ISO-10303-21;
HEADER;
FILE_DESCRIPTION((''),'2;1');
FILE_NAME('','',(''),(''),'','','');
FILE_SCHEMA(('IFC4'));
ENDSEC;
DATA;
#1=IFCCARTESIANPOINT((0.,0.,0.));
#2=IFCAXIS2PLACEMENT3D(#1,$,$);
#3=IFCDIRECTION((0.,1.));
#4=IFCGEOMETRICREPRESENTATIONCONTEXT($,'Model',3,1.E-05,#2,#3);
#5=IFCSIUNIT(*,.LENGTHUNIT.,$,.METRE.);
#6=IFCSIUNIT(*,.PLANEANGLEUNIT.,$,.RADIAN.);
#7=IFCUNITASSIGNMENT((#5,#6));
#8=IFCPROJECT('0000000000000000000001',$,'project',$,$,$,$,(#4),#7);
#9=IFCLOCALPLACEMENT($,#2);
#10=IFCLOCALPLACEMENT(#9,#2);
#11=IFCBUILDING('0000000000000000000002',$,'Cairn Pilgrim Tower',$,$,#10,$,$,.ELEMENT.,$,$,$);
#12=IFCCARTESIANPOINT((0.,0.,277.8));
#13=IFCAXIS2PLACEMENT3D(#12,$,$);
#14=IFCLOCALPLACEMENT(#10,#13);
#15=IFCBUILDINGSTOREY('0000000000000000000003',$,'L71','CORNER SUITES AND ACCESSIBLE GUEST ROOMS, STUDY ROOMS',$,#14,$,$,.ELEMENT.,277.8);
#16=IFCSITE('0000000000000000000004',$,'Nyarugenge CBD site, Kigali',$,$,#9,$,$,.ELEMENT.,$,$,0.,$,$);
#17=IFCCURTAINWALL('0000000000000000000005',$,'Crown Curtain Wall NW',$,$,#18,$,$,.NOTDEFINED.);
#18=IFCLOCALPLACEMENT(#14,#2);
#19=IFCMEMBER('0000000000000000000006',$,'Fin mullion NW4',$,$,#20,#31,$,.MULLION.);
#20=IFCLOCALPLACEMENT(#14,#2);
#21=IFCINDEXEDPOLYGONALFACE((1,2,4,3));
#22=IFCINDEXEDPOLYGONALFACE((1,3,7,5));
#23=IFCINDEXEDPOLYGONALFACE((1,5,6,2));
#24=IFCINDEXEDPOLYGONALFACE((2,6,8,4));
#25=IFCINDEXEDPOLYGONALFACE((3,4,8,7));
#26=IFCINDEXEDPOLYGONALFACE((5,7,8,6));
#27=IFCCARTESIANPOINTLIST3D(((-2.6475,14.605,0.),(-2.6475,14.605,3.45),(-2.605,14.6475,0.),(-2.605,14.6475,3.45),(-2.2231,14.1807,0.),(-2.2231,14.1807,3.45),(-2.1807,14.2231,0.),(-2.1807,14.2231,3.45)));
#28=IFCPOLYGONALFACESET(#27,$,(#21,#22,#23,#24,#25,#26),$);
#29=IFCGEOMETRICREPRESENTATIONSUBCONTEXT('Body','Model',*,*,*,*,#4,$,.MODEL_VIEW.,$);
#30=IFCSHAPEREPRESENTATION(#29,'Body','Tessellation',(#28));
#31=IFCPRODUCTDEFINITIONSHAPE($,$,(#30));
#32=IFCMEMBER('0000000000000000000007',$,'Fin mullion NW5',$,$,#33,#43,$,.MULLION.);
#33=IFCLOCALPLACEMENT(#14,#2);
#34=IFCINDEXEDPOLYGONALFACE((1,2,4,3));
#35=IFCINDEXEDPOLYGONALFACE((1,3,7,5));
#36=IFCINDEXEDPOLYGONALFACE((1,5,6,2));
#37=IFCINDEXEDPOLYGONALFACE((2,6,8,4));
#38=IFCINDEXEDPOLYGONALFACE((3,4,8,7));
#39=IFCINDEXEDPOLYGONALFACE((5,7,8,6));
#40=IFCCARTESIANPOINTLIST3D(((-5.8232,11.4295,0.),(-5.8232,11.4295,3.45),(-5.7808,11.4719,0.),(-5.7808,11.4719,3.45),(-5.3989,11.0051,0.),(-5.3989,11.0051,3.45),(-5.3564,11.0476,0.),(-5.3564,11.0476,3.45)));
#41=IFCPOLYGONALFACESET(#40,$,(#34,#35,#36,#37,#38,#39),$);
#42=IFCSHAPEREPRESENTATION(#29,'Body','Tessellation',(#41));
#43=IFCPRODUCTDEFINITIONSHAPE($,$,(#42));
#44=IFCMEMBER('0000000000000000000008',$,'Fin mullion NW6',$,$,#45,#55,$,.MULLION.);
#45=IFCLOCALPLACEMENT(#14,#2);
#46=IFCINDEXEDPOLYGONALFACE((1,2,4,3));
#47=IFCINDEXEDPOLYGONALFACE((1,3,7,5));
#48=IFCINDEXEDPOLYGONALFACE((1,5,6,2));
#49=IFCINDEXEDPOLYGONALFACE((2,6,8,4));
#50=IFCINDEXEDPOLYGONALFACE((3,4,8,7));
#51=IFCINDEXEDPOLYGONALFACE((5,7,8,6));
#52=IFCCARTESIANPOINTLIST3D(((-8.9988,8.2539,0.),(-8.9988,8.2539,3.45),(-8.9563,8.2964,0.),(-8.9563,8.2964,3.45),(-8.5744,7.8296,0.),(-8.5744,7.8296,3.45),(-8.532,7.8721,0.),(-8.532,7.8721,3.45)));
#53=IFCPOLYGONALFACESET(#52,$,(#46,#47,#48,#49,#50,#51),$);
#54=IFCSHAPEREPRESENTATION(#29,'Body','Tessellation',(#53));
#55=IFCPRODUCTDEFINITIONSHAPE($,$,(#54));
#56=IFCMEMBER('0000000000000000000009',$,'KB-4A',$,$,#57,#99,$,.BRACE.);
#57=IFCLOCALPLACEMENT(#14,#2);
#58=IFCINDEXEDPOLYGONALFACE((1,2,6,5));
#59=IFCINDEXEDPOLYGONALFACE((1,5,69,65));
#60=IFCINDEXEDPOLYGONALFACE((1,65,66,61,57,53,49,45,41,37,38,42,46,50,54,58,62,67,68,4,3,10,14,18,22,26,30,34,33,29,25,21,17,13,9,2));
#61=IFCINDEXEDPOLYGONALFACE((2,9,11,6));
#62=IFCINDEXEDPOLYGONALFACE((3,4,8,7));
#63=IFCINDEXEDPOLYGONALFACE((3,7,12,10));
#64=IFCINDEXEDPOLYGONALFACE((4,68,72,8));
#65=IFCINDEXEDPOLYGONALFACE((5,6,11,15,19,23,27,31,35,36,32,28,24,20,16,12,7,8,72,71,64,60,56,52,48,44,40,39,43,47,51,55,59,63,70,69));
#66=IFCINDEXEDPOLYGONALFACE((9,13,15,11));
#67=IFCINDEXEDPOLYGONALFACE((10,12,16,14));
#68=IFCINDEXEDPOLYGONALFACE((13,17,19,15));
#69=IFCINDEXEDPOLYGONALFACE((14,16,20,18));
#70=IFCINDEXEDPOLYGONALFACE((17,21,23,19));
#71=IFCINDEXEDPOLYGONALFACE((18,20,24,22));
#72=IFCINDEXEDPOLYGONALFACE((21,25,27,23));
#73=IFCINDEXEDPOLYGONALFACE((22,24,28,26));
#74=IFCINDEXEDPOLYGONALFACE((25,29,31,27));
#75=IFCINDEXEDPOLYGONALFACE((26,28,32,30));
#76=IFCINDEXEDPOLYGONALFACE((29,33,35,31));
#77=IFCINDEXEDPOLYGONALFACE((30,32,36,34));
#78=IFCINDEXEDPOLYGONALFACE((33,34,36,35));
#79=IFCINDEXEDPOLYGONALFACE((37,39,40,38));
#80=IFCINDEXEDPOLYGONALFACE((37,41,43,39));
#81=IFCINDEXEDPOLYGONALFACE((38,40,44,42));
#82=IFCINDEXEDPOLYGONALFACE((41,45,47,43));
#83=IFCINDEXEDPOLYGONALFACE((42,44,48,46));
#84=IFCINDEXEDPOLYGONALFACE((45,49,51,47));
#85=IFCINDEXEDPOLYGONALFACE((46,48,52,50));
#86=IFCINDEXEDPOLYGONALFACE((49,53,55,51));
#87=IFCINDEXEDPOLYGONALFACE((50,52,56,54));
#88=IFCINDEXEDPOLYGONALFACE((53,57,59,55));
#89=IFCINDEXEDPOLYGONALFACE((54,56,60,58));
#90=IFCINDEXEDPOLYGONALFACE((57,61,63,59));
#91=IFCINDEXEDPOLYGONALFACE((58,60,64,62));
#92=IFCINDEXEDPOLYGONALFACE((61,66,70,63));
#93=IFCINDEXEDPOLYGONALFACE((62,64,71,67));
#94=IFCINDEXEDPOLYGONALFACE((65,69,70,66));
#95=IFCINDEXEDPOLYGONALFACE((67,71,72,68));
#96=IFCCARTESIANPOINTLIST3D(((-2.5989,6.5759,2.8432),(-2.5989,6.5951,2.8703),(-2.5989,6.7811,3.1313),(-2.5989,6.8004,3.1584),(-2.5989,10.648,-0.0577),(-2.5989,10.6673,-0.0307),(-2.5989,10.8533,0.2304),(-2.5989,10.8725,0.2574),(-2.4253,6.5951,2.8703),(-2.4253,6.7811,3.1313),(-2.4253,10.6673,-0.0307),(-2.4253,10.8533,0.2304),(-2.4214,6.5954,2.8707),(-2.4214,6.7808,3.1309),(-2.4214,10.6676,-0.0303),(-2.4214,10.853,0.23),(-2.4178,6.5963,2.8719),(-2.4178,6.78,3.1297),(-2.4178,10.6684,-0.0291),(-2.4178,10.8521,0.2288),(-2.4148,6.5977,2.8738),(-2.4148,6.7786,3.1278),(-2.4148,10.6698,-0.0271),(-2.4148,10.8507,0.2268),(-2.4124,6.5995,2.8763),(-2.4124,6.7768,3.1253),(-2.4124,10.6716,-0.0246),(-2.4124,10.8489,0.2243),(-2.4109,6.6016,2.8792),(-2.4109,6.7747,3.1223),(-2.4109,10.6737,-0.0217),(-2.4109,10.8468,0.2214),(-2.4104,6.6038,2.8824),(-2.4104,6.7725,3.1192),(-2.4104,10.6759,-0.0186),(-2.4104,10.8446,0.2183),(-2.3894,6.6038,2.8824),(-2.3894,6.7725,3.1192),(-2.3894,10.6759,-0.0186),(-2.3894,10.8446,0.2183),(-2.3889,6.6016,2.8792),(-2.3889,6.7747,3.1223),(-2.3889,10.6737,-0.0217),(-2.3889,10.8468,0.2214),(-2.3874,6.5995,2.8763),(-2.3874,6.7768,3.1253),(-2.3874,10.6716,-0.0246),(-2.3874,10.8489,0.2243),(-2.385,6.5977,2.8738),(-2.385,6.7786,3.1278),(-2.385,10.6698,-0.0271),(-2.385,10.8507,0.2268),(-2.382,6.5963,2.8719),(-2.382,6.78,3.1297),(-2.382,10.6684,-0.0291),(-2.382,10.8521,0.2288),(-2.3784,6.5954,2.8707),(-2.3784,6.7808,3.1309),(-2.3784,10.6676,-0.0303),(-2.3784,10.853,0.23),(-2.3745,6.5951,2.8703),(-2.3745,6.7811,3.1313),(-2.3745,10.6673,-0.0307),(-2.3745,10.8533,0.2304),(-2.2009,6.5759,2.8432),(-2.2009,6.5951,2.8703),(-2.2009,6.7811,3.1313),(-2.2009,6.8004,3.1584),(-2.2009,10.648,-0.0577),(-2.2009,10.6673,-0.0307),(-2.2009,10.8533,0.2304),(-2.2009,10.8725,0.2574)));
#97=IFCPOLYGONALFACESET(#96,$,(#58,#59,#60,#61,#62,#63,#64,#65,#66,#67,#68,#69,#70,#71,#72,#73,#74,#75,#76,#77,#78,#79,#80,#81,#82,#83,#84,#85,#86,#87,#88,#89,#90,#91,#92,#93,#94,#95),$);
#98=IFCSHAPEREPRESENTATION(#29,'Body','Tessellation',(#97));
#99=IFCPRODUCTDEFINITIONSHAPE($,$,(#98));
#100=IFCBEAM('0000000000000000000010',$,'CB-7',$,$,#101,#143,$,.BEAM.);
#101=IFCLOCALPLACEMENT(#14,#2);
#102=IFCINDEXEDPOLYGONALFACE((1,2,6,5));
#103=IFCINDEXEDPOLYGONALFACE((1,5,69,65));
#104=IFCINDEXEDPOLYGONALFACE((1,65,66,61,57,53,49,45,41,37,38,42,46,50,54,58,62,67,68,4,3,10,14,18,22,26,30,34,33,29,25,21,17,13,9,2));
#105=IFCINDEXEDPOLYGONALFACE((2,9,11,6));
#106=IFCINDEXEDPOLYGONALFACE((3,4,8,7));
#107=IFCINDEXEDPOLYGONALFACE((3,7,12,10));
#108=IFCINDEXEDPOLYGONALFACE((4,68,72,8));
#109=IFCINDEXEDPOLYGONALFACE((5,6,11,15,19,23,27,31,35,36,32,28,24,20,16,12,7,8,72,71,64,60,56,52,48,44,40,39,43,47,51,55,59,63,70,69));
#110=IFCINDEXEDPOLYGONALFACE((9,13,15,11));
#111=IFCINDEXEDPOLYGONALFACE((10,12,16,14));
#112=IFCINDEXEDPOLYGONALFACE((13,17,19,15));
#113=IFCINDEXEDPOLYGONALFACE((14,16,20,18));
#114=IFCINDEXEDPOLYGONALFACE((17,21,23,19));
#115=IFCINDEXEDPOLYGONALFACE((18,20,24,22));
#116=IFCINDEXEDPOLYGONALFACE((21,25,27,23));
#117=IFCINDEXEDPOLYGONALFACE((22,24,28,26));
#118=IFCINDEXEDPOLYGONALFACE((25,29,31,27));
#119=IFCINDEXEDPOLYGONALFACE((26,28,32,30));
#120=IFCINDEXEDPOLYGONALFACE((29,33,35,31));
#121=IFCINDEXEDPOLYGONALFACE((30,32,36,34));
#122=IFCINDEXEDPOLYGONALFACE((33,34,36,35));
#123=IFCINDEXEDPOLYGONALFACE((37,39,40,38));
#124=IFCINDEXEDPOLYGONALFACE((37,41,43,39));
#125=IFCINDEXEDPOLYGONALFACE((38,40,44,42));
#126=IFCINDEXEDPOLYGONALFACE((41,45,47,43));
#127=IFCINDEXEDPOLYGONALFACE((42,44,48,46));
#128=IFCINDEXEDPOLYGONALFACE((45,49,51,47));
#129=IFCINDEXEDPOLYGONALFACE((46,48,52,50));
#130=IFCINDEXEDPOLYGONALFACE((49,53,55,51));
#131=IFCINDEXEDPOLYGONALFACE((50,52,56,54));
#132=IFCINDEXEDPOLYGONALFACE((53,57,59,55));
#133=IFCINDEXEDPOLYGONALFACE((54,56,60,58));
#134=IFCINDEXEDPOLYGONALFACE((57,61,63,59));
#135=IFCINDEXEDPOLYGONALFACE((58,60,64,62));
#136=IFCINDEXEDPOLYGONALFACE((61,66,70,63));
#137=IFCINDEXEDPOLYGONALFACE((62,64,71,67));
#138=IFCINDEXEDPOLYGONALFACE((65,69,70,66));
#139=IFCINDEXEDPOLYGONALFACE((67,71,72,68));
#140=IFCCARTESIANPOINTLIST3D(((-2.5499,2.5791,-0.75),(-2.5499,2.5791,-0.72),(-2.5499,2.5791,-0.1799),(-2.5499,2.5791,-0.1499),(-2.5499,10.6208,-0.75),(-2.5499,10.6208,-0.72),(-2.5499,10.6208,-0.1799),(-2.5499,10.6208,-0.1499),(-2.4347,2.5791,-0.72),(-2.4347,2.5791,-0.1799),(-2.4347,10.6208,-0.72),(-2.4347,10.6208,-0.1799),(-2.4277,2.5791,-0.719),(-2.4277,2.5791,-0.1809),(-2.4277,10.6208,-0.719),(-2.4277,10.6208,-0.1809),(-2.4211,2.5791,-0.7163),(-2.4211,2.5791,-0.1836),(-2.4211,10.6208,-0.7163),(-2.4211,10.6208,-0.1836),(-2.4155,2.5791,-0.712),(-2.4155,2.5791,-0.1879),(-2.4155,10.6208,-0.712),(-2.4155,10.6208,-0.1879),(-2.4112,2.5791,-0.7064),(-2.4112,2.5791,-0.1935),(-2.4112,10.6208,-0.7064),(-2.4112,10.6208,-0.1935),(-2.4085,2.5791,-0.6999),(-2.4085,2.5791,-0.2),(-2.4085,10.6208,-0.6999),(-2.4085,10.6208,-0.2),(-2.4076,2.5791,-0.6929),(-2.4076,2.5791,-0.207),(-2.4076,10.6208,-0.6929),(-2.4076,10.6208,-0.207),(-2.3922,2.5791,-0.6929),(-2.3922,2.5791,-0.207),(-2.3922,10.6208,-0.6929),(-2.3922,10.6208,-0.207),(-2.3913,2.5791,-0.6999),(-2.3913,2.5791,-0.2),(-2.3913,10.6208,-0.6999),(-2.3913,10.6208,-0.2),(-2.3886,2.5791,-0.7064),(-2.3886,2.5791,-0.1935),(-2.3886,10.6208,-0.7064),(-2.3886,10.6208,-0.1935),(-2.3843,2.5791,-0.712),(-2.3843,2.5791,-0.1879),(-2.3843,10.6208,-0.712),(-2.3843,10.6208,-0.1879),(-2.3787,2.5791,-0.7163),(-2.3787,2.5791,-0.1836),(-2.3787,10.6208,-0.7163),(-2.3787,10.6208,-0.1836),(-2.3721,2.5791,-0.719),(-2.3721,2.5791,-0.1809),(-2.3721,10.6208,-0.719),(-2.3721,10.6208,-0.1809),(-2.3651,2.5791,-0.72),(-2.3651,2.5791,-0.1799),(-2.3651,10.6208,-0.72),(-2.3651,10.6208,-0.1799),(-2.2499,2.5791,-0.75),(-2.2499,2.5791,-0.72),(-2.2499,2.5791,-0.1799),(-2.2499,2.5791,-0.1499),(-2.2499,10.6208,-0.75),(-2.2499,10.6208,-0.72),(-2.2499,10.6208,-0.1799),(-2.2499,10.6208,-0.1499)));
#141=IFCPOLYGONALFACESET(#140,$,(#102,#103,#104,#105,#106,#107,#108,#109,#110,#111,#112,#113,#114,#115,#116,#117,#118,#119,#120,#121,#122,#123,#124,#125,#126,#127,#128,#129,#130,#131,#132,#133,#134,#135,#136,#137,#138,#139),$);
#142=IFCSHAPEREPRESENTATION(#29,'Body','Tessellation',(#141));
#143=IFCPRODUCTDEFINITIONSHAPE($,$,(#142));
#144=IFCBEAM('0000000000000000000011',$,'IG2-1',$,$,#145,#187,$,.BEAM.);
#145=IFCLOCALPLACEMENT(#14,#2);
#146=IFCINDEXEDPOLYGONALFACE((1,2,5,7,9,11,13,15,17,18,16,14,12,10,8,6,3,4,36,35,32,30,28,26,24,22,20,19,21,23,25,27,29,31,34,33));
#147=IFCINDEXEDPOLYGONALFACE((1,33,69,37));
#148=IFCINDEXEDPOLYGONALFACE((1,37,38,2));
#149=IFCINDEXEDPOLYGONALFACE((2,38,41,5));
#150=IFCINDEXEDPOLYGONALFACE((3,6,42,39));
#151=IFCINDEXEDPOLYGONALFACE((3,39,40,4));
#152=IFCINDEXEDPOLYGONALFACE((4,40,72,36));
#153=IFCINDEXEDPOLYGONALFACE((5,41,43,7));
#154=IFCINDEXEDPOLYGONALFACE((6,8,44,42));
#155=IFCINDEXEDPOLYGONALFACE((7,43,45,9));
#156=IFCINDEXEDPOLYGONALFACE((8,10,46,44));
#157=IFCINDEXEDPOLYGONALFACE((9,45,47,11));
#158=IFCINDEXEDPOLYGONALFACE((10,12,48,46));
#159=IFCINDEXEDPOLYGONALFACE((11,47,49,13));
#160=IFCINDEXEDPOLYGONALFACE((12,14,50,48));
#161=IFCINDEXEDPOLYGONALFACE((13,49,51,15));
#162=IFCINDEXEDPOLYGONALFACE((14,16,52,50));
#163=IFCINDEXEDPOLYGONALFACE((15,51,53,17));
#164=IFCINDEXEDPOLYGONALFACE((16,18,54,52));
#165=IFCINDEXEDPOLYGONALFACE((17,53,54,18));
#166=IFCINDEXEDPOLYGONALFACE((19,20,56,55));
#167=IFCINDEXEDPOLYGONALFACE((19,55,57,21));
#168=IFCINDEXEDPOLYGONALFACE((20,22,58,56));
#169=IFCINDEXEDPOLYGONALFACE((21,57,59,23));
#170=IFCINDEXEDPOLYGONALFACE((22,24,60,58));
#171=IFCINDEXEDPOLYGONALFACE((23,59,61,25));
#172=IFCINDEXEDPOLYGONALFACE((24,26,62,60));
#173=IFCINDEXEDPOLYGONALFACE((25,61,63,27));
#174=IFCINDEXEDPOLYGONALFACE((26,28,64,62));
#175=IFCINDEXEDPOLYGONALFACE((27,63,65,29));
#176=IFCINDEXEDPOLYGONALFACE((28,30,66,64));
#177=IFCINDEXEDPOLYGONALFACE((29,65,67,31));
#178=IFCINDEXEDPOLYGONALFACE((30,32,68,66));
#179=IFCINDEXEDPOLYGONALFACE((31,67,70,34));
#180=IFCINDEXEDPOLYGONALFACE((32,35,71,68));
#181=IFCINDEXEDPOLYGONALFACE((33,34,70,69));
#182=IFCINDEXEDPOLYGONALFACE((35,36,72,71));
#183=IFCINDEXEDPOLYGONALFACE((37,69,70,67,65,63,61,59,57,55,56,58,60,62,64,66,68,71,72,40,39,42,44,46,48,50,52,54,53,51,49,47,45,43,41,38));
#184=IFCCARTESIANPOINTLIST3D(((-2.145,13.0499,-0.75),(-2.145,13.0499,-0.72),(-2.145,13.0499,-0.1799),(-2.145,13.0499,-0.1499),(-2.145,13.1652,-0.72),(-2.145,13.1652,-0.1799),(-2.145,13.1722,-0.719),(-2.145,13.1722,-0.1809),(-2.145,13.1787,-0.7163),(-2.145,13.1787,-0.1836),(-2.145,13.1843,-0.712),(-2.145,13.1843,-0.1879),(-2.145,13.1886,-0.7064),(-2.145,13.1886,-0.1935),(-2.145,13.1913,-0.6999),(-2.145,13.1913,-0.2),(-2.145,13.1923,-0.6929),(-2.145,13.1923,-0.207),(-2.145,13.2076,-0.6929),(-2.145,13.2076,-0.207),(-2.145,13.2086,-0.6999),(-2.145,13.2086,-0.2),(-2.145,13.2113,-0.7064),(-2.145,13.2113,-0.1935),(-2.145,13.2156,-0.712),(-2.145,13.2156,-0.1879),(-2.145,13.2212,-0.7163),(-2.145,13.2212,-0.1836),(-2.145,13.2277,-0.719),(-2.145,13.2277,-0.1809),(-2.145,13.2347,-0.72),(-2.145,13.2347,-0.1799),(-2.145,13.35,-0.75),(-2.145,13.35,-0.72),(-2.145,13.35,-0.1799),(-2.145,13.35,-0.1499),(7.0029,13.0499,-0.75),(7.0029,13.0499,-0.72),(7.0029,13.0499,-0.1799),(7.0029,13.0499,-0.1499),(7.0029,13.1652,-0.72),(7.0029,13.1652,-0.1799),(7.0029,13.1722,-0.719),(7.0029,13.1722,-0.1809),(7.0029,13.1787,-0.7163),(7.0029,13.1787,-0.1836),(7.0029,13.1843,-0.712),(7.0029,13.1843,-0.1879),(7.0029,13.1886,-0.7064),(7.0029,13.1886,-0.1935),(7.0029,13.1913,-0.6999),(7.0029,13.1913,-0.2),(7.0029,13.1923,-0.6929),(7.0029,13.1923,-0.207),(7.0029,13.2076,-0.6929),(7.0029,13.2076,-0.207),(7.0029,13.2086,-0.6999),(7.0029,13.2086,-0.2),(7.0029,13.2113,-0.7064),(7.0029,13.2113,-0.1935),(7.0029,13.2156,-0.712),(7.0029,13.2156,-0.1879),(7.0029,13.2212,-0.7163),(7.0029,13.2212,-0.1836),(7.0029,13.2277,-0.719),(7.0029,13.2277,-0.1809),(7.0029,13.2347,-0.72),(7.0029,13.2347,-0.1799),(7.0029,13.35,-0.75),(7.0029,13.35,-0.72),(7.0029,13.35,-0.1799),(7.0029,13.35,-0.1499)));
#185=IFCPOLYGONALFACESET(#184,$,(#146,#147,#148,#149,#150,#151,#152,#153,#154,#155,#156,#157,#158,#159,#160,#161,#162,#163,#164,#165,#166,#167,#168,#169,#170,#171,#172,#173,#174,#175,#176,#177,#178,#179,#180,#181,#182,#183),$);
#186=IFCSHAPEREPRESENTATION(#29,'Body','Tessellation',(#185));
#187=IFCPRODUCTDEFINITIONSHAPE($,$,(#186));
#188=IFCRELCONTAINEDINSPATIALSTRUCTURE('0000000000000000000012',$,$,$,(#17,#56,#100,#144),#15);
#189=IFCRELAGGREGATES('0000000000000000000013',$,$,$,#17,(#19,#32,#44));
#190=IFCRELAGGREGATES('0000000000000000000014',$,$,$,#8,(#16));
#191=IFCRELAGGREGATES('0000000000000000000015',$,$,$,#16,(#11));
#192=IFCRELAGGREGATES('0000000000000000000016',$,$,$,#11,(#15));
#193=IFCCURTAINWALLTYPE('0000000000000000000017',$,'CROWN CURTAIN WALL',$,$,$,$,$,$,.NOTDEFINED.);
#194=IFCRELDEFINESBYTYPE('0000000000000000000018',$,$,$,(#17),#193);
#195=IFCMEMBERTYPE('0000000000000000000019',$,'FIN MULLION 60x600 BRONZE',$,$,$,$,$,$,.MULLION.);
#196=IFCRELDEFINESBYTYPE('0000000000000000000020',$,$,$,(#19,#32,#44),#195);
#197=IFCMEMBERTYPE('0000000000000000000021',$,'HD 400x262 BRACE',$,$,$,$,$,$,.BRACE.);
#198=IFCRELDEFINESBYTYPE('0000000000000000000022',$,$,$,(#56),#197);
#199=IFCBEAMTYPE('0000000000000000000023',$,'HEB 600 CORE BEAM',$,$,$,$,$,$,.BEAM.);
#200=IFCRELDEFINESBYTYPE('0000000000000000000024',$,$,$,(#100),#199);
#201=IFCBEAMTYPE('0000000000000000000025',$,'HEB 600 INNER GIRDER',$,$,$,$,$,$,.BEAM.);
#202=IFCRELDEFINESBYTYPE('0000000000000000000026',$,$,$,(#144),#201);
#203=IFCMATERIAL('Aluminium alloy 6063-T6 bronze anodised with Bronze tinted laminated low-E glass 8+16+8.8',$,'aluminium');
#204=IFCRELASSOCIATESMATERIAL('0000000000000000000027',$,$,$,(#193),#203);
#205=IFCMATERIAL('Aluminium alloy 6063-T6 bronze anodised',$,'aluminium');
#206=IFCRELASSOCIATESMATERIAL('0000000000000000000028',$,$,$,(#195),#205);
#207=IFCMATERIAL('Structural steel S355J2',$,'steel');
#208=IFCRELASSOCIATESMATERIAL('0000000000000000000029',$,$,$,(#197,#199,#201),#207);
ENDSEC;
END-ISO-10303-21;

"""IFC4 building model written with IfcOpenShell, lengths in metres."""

from ifc_helpers import new_model, si_unit, direction, frame, origin, origin_2d, place, context, subcontext, project, spatial, rectangle, i_section, extrude, material, material_profile, profile_set, type_object, element, aggregate, save


model = new_model("IFC4")

# Units and contexts
model_context = context("Model", 3, precision=1e-05, world=origin(), true_north=direction((0.0, 1.0)))
body_context = subcontext(model_context, "Body", "Model", "MODEL_VIEW")
ifc_project = project(units=[si_unit("LENGTHUNIT", "METRE"), si_unit("PLANEANGLEUNIT", "RADIAN")], contexts=[model_context])

# Site, building, storey
site_placement = place(None, origin())
site = spatial("IfcSite", under=ifc_project, at=site_placement, Name="Nyarugenge CBD site, Kigali", CompositionType="ELEMENT", RefElevation=0.0)
building_placement = place(site_placement, origin())
building = spatial("IfcBuilding", under=site, at=building_placement, Name="Cairn Pilgrim Tower", CompositionType="ELEMENT")
storey_placement = place(building_placement, frame((0.0, 0.0, 277.8)))
storey = spatial("IfcBuildingStorey", under=building, at=storey_placement, Name="L71", Description="CORNER SUITES AND ACCESSIBLE GUEST ROOMS, STUDY ROOMS", CompositionType="ELEMENT", Elevation=277.8)

# Shared definitions
ifc_material_1 = material(Name="Structural steel S355J2", Category="steel")

# Curtain wall, members
ifc_material_2 = material(Name="Aluminium alloy 6063-T6 bronze anodised with Bronze tinted laminated low-E glass 8+16+8.8", Category="aluminium")
curtain_wall_type = type_object("IfcCurtainWallType", Name="CROWN CURTAIN WALL", PredefinedType="NOTDEFINED", material=ifc_material_2)
curtain_wall_placement = place(storey_placement, origin())
curtain_wall = element("IfcCurtainWall", 1, at=curtain_wall_placement, inside=storey, type_object=curtain_wall_type, Name="Crown Curtain Wall NW", PredefinedType="NOTDEFINED")
ifc_material_3 = material(Name="Aluminium alloy 6063-T6 bronze anodised", Category="aluminium")
ifc_material_profile_1 = material_profile(ifc_material_3, rectangle(XDim=0.6001, YDim=0.0601, at=origin_2d()), Name="FIN MULLION 60x600 BRONZE")
ifc_profile_set_1 = profile_set([ifc_material_profile_1], Name="Aluminium alloy 6063-T6 bronze anodised")
member_type_1 = type_object("IfcMemberType", Name="FIN MULLION 60x600 BRONZE", PredefinedType="MULLION", material=ifc_profile_set_1)
member_1_placement = place(storey_placement, frame((-2.4141, 14.4141, 0.0), z_axis=(0.0, 0.0, 1.0), x_axis=(-0.707107, 0.707107, 0.0)))
member_1 = element("IfcMember", 2, at=member_1_placement, type_object=member_type_1, Name="Fin mullion NW4", PredefinedType="MULLION", context=body_context, shape_type="SweptSolid", body=[
    extrude(rectangle(XDim=0.6001, YDim=0.0601, at=origin_2d()), origin(), (0.0, 0.0, 1.0), 3.45),
])
member_2_placement = place(storey_placement, frame((-5.5898, 11.2385, 0.0), z_axis=(0.0, 0.0, 1.0), x_axis=(-0.707107, 0.707107, 0.0)))
member_2 = element("IfcMember", 3, at=member_2_placement, type_object=member_type_1, Name="Fin mullion NW5", PredefinedType="MULLION", context=body_context, shape_type="SweptSolid", body=[
    extrude(rectangle(XDim=0.6001, YDim=0.0601, at=origin_2d()), origin(), (0.0, 0.0, 1.0), 3.45),
])
member_3_placement = place(storey_placement, frame((-8.7654, 8.063, 0.0), z_axis=(0.0, 0.0, 1.0), x_axis=(-0.707107, 0.707107, 0.0)))
member_3 = element("IfcMember", 4, at=member_3_placement, type_object=member_type_1, Name="Fin mullion NW6", PredefinedType="MULLION", context=body_context, shape_type="SweptSolid", body=[
    extrude(rectangle(XDim=0.6001, YDim=0.0601, at=origin_2d()), origin(), (0.0, 0.0, 1.0), 3.45),
])

# Member
ifc_material_profile_2 = material_profile(ifc_material_1, i_section(OverallWidth=0.3979, OverallDepth=0.387, WebThickness=0.021, FlangeThickness=0.0332, FilletRadius=0.0149, at=origin_2d()), Name="HD 400x262")
ifc_profile_set_2 = profile_set([ifc_material_profile_2], Name="Structural steel S355J2")
member_type_2 = type_object("IfcMemberType", Name="HD 400x262 BRACE", PredefinedType="BRACE", material=ifc_profile_set_2)
member_4_placement = place(storey_placement, frame((-2.3999, 10.7603, 0.0999), z_axis=(0.0, -0.814462, 0.580217), x_axis=(1.0, 0.0, 0.0)))
element("IfcMember", 5, at=member_4_placement, inside=storey, type_object=member_type_2, Name="KB-4A", PredefinedType="BRACE", context=body_context, shape_type="SweptSolid", body=[
    extrude(i_section(OverallWidth=0.3979, OverallDepth=0.387, WebThickness=0.021, FlangeThickness=0.0332, FilletRadius=0.0149, at=origin_2d()), origin(), (0.0, 0.0, 1.0), 4.9998),
])

# Beams
ifc_material_profile_3 = material_profile(ifc_material_1, i_section(OverallWidth=0.3, OverallDepth=0.6001, WebThickness=0.0154, FlangeThickness=0.03, FilletRadius=0.0271, at=origin_2d()), Name="HEB 600")
ifc_profile_set_3 = profile_set([ifc_material_profile_3], Name="Structural steel S355J2")
beam_type_1 = type_object("IfcBeamType", Name="HEB 600 CORE BEAM", PredefinedType="BEAM", material=ifc_profile_set_3)
beam_1_placement = place(storey_placement, frame((-2.3999, 10.6208, -0.45), z_axis=(0.0, -1.0, 0.0), x_axis=(1.0, 0.0, 0.0)))
element("IfcBeam", 6, at=beam_1_placement, inside=storey, type_object=beam_type_1, Name="CB-7", PredefinedType="BEAM", context=body_context, shape_type="SweptSolid", body=[
    extrude(i_section(OverallWidth=0.3, OverallDepth=0.6001, WebThickness=0.0154, FlangeThickness=0.03, FilletRadius=0.0271, at=origin_2d()), origin(), (0.0, 0.0, 1.0), 8.0417),
])
ifc_material_profile_4 = material_profile(ifc_material_1, i_section(OverallWidth=0.3, OverallDepth=0.6001, WebThickness=0.0154, FlangeThickness=0.03, FilletRadius=0.0271, at=origin_2d()), Name="HEB 600")
ifc_profile_set_4 = profile_set([ifc_material_profile_4], Name="Structural steel S355J2")
beam_type_2 = type_object("IfcBeamType", Name="HEB 600 INNER GIRDER", PredefinedType="BEAM", material=ifc_profile_set_4)
beam_2_placement = place(storey_placement, frame((-2.145, 13.2, -0.45), z_axis=(1.0, 0.0, 0.0), x_axis=(0.0, 1.0, 0.0)))
element("IfcBeam", 7, at=beam_2_placement, inside=storey, type_object=beam_type_2, Name="IG2-1", PredefinedType="BEAM", context=body_context, shape_type="SweptSolid", body=[
    extrude(i_section(OverallWidth=0.3, OverallDepth=0.6001, WebThickness=0.0154, FlangeThickness=0.03, FilletRadius=0.0271, at=origin_2d()), origin(), (0.0, 0.0, 1.0), 9.1479),
])

aggregate(curtain_wall, [member_1, member_2, member_3])

save(model, "model.ifc")
